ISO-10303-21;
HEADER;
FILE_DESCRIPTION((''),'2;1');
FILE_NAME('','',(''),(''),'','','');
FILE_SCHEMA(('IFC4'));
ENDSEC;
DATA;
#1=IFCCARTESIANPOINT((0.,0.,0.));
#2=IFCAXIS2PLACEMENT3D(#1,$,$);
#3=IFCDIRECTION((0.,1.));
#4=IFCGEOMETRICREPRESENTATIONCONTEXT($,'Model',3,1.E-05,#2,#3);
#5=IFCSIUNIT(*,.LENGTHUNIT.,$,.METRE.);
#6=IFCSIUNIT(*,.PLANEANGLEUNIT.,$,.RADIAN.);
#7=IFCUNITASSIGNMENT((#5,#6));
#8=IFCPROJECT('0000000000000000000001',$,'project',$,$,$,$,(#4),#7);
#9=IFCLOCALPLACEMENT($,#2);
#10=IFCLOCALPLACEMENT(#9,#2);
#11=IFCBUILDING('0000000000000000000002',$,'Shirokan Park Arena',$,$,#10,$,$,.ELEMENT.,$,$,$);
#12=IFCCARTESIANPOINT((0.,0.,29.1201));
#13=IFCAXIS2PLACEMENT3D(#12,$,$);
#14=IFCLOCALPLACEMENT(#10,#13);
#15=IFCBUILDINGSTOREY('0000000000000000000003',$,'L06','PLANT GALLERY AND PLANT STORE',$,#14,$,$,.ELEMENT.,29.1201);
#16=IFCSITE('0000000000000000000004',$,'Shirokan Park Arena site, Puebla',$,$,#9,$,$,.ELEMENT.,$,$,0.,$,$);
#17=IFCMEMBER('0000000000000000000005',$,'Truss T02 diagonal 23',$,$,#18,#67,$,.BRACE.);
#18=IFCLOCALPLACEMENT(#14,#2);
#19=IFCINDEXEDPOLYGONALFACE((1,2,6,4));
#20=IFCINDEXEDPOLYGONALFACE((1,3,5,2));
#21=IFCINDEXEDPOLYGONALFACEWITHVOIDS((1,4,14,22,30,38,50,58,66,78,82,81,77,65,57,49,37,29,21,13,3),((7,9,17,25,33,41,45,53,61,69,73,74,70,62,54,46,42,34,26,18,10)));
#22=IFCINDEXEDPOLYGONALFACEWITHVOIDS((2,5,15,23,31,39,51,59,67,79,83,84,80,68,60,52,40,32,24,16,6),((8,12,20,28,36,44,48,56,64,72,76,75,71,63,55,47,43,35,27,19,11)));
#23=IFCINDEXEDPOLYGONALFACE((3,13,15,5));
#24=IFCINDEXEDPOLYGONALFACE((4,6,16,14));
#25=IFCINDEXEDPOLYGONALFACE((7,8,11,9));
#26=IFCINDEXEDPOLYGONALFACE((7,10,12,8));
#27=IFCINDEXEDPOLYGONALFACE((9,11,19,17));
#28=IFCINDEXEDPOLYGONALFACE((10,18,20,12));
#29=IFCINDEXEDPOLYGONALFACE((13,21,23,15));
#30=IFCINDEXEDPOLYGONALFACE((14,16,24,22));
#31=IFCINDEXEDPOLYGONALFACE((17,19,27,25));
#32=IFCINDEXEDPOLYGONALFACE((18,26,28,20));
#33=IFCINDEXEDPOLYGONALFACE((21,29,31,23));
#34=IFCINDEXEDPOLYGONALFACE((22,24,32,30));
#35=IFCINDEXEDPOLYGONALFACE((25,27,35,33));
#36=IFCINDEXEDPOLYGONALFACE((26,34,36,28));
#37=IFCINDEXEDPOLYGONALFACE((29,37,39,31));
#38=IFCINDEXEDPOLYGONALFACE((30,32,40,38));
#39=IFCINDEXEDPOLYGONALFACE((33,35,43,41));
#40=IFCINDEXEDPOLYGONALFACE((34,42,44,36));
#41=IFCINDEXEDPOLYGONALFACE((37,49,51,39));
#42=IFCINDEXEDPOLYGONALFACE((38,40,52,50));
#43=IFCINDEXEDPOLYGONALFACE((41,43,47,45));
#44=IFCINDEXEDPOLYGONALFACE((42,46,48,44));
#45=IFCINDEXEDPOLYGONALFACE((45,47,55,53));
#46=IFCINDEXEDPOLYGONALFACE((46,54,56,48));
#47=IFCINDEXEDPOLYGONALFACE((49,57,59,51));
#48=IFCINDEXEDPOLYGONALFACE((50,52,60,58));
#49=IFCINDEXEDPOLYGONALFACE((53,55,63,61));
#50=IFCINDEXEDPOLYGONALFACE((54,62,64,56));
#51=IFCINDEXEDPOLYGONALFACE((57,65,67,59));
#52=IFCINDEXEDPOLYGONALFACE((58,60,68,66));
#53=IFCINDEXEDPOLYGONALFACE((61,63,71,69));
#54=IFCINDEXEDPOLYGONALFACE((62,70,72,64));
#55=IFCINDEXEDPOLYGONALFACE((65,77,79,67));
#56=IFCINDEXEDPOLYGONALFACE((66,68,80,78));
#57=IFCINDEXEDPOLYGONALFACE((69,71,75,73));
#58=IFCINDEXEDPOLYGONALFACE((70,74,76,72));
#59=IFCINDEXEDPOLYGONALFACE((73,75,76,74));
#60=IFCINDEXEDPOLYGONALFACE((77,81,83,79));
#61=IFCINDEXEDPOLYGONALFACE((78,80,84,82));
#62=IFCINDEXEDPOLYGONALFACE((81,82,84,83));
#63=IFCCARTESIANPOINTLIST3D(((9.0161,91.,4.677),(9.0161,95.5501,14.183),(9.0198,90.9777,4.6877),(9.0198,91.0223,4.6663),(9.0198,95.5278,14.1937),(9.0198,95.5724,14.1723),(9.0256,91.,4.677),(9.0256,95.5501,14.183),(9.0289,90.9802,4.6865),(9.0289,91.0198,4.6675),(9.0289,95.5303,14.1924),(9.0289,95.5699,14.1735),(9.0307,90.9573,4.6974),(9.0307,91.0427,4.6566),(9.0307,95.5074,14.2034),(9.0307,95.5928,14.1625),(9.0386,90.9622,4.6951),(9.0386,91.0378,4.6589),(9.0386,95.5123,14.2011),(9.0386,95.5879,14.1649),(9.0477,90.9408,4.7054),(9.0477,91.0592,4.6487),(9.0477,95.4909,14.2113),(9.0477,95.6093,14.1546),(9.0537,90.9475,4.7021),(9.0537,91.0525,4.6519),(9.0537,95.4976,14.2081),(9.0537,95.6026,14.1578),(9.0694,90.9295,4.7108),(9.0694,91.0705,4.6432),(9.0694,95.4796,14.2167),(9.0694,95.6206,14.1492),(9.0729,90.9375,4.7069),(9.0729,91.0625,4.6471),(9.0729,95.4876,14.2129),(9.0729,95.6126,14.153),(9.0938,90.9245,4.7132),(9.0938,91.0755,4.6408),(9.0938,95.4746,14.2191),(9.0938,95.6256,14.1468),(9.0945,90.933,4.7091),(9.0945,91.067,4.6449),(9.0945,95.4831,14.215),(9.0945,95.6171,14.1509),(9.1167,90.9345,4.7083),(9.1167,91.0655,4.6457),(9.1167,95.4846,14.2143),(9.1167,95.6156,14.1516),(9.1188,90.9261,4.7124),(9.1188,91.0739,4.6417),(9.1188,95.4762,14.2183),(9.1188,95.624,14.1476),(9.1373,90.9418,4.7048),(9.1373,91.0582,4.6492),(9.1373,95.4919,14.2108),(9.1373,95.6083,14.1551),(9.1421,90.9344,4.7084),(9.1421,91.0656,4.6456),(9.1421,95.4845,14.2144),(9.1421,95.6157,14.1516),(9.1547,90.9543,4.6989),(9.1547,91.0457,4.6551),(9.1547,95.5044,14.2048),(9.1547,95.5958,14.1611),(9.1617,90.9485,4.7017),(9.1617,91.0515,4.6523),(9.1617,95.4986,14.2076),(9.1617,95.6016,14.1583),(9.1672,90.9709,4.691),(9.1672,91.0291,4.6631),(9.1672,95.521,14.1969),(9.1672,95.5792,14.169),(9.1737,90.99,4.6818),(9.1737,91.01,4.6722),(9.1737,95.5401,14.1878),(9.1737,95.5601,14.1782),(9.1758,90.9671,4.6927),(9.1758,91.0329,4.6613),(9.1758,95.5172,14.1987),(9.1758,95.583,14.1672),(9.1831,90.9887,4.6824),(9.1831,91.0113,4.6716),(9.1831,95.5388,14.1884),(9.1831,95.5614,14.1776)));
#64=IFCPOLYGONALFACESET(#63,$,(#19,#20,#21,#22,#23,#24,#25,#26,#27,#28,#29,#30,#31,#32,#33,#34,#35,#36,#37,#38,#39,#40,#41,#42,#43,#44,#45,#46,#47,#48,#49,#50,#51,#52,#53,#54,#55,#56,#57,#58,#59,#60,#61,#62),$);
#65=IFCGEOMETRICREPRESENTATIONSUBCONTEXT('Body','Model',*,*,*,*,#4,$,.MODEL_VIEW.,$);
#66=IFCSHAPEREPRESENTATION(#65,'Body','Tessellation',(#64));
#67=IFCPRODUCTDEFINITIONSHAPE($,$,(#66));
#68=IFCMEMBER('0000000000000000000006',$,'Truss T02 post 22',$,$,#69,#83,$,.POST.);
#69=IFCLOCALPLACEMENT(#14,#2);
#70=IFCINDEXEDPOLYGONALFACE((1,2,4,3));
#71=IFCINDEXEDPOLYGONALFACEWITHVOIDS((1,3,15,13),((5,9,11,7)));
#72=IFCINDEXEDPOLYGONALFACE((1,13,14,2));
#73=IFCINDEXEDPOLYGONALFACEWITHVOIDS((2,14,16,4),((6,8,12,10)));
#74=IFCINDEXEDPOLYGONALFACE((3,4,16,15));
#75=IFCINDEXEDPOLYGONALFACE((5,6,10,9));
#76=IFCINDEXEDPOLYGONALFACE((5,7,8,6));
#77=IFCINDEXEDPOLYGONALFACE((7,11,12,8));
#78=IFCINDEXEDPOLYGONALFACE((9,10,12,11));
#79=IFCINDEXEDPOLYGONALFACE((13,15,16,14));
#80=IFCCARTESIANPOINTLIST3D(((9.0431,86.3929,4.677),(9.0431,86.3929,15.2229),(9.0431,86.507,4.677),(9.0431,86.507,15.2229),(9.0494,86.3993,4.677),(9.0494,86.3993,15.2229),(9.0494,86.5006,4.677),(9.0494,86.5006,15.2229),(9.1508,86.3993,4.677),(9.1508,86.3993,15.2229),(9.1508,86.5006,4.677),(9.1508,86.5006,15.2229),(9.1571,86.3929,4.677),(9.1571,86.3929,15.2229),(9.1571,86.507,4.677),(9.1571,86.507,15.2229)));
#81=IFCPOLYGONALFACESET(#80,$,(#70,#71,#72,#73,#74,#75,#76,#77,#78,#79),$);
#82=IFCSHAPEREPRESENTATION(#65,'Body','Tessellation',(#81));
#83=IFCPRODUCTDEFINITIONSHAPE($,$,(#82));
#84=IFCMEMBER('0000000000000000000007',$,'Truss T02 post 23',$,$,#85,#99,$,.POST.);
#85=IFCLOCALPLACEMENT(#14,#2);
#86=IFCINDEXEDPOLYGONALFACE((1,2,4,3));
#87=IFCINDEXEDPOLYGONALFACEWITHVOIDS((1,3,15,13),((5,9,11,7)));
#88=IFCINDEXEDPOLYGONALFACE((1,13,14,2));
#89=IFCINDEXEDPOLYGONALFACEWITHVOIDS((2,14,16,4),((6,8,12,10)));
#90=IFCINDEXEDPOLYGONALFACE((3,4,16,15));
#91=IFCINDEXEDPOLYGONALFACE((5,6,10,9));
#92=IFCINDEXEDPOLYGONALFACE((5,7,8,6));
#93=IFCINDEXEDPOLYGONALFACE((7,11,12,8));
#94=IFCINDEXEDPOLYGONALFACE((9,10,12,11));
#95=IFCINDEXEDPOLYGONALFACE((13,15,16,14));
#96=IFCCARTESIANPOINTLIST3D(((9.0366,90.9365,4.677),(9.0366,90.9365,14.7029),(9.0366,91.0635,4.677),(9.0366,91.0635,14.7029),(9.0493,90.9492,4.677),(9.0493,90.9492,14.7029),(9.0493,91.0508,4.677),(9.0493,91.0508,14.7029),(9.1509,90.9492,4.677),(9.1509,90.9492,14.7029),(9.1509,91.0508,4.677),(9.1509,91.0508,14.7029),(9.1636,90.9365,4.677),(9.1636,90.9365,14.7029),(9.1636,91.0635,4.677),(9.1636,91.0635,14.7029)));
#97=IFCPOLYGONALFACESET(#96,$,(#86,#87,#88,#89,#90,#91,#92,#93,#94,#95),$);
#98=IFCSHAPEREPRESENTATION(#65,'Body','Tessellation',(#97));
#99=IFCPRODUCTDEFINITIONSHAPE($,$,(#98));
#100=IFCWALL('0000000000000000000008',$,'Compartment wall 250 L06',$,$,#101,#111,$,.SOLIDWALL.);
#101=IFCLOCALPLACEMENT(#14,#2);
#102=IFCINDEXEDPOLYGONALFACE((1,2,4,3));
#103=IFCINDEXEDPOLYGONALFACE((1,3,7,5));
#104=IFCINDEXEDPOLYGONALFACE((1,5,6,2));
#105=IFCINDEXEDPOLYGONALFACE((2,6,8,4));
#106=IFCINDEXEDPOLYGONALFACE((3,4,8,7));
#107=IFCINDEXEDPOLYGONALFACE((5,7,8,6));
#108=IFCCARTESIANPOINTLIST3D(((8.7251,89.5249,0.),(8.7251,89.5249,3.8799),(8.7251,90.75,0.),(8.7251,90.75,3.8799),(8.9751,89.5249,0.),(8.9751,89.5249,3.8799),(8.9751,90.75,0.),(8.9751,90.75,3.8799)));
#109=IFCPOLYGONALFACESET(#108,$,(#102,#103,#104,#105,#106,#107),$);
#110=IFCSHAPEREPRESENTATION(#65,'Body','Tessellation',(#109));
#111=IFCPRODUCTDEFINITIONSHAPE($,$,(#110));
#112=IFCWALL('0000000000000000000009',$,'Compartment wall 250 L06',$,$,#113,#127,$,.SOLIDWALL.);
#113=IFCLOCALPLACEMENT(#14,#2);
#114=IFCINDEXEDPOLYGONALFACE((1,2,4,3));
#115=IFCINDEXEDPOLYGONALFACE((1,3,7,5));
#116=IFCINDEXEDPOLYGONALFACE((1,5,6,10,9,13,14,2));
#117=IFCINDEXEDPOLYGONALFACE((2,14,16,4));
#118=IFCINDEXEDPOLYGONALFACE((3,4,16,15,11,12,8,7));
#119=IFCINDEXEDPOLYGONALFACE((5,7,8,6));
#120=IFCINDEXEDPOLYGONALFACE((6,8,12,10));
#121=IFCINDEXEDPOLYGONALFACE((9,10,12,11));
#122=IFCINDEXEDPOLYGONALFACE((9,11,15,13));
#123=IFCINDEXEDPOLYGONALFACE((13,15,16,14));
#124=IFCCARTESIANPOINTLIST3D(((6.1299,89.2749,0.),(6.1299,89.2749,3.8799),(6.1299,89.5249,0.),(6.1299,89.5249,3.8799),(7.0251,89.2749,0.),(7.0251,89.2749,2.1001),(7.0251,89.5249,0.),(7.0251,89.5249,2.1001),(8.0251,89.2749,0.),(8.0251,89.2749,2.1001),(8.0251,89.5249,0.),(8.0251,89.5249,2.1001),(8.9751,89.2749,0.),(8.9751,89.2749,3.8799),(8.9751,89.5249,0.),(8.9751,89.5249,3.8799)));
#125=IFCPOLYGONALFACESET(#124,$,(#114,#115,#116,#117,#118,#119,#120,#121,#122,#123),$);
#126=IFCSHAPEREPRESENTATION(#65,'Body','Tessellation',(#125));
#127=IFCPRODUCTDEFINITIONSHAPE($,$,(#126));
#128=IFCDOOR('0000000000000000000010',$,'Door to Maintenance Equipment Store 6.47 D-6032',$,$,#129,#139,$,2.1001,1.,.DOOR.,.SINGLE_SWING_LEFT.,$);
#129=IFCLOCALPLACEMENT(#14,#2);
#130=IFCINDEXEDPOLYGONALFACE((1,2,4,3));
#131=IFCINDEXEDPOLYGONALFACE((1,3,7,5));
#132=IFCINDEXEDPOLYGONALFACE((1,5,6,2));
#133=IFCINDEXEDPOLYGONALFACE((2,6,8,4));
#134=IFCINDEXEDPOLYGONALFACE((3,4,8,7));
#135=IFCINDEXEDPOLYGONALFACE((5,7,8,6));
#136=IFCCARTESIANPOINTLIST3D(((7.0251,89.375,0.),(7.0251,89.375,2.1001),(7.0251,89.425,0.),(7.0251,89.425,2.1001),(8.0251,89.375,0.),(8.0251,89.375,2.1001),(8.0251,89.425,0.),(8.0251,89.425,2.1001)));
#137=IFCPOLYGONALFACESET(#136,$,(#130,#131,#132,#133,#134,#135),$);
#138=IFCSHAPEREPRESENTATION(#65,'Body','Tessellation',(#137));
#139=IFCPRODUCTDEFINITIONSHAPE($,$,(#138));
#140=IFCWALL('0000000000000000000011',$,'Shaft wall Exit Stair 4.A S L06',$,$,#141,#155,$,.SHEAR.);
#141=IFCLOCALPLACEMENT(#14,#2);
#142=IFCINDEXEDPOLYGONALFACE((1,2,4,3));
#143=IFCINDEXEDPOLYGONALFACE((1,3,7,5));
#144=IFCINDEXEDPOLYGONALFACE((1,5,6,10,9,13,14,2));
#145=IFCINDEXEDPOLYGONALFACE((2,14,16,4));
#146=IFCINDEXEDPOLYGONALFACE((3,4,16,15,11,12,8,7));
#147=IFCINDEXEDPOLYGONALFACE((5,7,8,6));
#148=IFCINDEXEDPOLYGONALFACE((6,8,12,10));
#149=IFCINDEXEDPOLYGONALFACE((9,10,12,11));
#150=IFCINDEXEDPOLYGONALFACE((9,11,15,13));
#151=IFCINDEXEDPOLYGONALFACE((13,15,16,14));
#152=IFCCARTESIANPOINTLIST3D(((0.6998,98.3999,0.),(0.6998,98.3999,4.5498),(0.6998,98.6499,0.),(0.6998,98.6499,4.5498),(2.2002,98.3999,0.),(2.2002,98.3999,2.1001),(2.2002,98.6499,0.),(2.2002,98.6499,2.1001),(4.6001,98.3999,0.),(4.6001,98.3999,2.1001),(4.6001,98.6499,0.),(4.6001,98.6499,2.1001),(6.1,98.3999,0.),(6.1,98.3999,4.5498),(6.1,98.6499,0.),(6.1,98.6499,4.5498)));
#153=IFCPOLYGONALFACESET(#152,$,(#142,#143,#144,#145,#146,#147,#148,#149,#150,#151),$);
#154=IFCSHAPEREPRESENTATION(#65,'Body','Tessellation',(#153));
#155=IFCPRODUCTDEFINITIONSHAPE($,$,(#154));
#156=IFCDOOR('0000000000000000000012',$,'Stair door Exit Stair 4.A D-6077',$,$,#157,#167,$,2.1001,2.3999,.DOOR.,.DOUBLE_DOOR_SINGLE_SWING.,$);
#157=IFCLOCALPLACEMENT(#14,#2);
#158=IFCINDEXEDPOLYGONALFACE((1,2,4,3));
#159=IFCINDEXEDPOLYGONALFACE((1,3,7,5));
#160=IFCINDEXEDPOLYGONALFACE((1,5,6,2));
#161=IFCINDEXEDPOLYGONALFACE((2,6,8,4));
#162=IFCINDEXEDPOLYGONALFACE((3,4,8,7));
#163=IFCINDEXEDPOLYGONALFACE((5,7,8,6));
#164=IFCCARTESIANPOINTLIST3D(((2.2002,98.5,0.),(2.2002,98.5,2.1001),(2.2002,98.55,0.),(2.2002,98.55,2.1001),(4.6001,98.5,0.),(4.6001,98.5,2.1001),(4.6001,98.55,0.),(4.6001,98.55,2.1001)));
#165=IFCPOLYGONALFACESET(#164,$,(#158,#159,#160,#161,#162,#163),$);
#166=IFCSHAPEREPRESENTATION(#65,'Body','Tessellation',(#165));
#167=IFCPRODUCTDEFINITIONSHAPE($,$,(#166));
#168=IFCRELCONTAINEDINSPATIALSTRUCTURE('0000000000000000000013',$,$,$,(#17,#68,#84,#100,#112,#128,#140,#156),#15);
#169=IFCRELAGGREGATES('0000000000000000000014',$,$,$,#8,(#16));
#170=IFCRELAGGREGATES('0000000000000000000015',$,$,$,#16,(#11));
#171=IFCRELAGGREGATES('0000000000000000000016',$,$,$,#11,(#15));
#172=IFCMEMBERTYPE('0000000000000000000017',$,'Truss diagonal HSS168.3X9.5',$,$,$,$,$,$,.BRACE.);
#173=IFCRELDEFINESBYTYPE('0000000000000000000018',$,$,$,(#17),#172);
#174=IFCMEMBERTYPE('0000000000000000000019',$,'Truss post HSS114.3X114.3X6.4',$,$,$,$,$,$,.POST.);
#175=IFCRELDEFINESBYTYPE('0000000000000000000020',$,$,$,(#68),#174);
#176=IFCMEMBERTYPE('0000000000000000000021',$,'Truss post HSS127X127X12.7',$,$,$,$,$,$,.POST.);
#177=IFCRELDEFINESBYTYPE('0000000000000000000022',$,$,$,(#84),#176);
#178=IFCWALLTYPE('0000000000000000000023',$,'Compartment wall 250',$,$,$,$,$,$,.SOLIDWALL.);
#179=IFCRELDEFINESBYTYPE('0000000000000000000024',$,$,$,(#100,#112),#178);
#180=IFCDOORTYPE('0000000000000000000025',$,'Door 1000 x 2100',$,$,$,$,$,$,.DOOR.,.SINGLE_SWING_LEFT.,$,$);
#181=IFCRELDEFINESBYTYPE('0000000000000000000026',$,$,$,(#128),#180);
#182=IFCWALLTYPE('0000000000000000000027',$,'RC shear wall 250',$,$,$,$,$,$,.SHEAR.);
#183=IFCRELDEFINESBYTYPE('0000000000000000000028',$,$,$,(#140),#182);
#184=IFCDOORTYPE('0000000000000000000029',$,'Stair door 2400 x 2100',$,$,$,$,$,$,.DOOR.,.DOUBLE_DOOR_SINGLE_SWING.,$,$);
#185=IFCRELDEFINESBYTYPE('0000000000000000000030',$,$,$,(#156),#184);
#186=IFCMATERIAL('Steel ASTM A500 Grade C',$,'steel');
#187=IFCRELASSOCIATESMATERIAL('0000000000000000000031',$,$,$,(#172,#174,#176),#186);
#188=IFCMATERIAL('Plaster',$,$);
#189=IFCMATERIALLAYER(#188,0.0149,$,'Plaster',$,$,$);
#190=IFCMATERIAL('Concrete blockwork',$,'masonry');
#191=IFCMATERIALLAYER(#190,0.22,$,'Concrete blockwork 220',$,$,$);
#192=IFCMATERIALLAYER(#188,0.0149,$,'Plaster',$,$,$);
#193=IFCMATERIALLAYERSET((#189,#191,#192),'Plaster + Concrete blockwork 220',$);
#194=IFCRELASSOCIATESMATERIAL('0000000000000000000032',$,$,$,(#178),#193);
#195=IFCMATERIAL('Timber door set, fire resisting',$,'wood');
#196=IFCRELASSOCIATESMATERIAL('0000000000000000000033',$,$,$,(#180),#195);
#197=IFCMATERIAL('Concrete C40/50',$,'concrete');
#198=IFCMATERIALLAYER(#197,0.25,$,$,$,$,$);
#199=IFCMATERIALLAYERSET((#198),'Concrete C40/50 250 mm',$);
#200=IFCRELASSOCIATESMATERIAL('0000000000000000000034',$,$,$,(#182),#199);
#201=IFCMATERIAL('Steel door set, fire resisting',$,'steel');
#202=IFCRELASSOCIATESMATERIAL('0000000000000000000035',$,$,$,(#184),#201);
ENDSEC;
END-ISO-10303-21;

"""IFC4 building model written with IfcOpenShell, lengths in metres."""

from ifc_helpers import new_model, si_unit, direction, frame, frame_2d, origin, origin_2d, place, context, subcontext, project, spatial, rectangle, hollow_rectangle, hollow_circle, extrude, material, layer, layer_set, material_profile, profile_set, type_object, element, fill, save


model = new_model("IFC4")

# Units and contexts
model_context = context("Model", 3, precision=1e-05, world=origin(), true_north=direction((0.0, 1.0)))
body_context = subcontext(model_context, "Body", "Model", "MODEL_VIEW")
ifc_project = project(units=[si_unit("LENGTHUNIT", "METRE"), si_unit("PLANEANGLEUNIT", "RADIAN")], contexts=[model_context])

# Site, building, storey
site_placement = place(None, origin())
site = spatial("IfcSite", under=ifc_project, at=site_placement, Name="Shirokan Park Arena site, Puebla", CompositionType="ELEMENT", RefElevation=0.0)
building_placement = place(site_placement, origin())
building = spatial("IfcBuilding", under=site, at=building_placement, Name="Shirokan Park Arena", CompositionType="ELEMENT")
storey_placement = place(building_placement, frame((0.0, 0.0, 29.1201)))
storey = spatial("IfcBuildingStorey", under=building, at=storey_placement, Name="L06", Description="PLANT GALLERY AND PLANT STORE", CompositionType="ELEMENT", Elevation=29.1201)

# Shared definitions
ifc_material_1 = material(Name="Steel ASTM A500 Grade C", Category="steel")

# Members
ifc_material_profile_1 = material_profile(ifc_material_1, hollow_circle(Radius=0.084, WallThickness=0.0095, at=origin_2d()), Name="HSS168.3X9.5")
ifc_profile_set_1 = profile_set([ifc_material_profile_1], Name="Steel ASTM A500 Grade C")
member_type_1 = type_object("IfcMemberType", Name="Truss diagonal HSS168.3X9.5", PredefinedType="BRACE", material=ifc_profile_set_1)
member_1_placement = place(storey_placement, frame((9.1001, 91.0, 4.677), z_axis=(0.0, 0.431746, 0.901995), x_axis=(-1.0, 0.0, 0.0)))
element("IfcMember", 1, at=member_1_placement, inside=storey, type_object=member_type_1, Name="Truss T02 diagonal 23", PredefinedType="BRACE", context=body_context, shape_type="SweptSolid", body=[
    extrude(hollow_circle(Radius=0.084, WallThickness=0.0095, at=origin_2d()), origin(), (0.0, 0.0, 1.0), 10.5388),
])
ifc_material_profile_2 = material_profile(ifc_material_1, hollow_rectangle(XDim=0.114, YDim=0.114, WallThickness=0.0063, at=origin_2d()), Name="HSS114.3X114.3X6.4")
ifc_profile_set_2 = profile_set([ifc_material_profile_2], Name="Steel ASTM A500 Grade C")
member_type_2 = type_object("IfcMemberType", Name="Truss post HSS114.3X114.3X6.4", PredefinedType="POST", material=ifc_profile_set_2)
member_2_placement = place(storey_placement, frame((9.1001, 86.45, 4.677), z_axis=(0.0, 0.0, 1.0), x_axis=(1.0, 0.0, 0.0)))
element("IfcMember", 2, at=member_2_placement, inside=storey, type_object=member_type_2, Name="Truss T02 post 22", PredefinedType="POST", context=body_context, shape_type="SweptSolid", body=[
    extrude(hollow_rectangle(XDim=0.114, YDim=0.114, WallThickness=0.0063, at=origin_2d()), origin(), (0.0, 0.0, 1.0), 10.5459),
])
ifc_material_profile_3 = material_profile(ifc_material_1, hollow_rectangle(XDim=0.127, YDim=0.127, WallThickness=0.0127, at=origin_2d()), Name="HSS127X127X12.7")
ifc_profile_set_3 = profile_set([ifc_material_profile_3], Name="Steel ASTM A500 Grade C")
member_type_3 = type_object("IfcMemberType", Name="Truss post HSS127X127X12.7", PredefinedType="POST", material=ifc_profile_set_3)
member_3_placement = place(storey_placement, frame((9.1001, 91.0, 4.677), z_axis=(0.0, 0.0, 1.0), x_axis=(1.0, 0.0, 0.0)))
element("IfcMember", 3, at=member_3_placement, inside=storey, type_object=member_type_3, Name="Truss T02 post 23", PredefinedType="POST", context=body_context, shape_type="SweptSolid", body=[
    extrude(hollow_rectangle(XDim=0.127, YDim=0.127, WallThickness=0.0127, at=origin_2d()), origin(), (0.0, 0.0, 1.0), 10.0259),
])

# Wall
ifc_material_2 = material(Name="Plaster")
ifc_layer_1 = layer(ifc_material_2, 0.0149, Name="Plaster")
ifc_material_3 = material(Name="Concrete blockwork", Category="masonry")
ifc_layer_2 = layer(ifc_material_3, 0.22, Name="Concrete blockwork 220")
ifc_layer_3 = layer(ifc_material_2, 0.0149, Name="Plaster")
ifc_layer_set_1 = layer_set([ifc_layer_1, ifc_layer_2, ifc_layer_3], Name="Plaster + Concrete blockwork 220")
wall_type_1 = type_object("IfcWallType", Name="Compartment wall 250", PredefinedType="SOLIDWALL", material=ifc_layer_set_1)
wall_1_placement = place(storey_placement, frame((8.8501, 90.75, 0.0), z_axis=(0.0, 0.0, 1.0), x_axis=(0.0, -1.0, 0.0)))
element("IfcWall", 4, at=wall_1_placement, inside=storey, type_object=wall_type_1, Name="Compartment wall 250 L06", PredefinedType="SOLIDWALL", context=body_context, shape_type="SweptSolid", body=[
    extrude(rectangle(XDim=1.2251, YDim=0.25, at=frame_2d((0.6125, 0.0))), origin(), (0.0, 0.0, 1.0), 3.8799),
])

# Walls, openings, doors
wall_2_placement = place(storey_placement, frame((8.9751, 89.3999, 0.0), z_axis=(0.0, 0.0, 1.0), x_axis=(-1.0, 0.0, 0.0)))
wall_2 = element("IfcWall", 5, at=wall_2_placement, inside=storey, type_object=wall_type_1, Name="Compartment wall 250 L06", PredefinedType="SOLIDWALL", context=body_context, shape_type="SweptSolid", body=[
    extrude(rectangle(XDim=2.8452, YDim=0.25, at=frame_2d((1.4226, 0.0))), origin(), (0.0, 0.0, 1.0), 3.8799),
])
opening_1_placement = place(wall_2_placement, frame((0.95, 0.0, 0.0)))
opening_1 = element("IfcOpeningElement", 6, at=opening_1_placement, cuts=wall_2, PredefinedType="OPENING", context=body_context, shape_type="SweptSolid", body=[
    extrude(rectangle(XDim=1.0, YDim=2.1001, at=frame_2d((0.5, 1.05))), frame((0.0, 0.135, 0.0), z_axis=(0.0, -1.0, 0.0), x_axis=(1.0, 0.0, 0.0)), (0.0, 0.0, 1.0), 0.27),
])
ifc_material_4 = material(Name="Timber door set, fire resisting", Category="wood")
door_type_1 = type_object("IfcDoorType", Name="Door 1000 x 2100", OperationType="SINGLE_SWING_LEFT", PredefinedType="DOOR", material=ifc_material_4)
door_1_placement = place(opening_1_placement, origin())
door_1 = element("IfcDoor", 7, at=door_1_placement, inside=storey, type_object=door_type_1, Name="Door to Maintenance Equipment Store 6.47 D-6032", OperationType="SINGLE_SWING_LEFT", OverallHeight=2.1001, OverallWidth=1.0, PredefinedType="DOOR", context=body_context, shape_type="SweptSolid", body=[
    extrude(rectangle(XDim=1.0, YDim=2.1001, at=frame_2d((0.5, 1.05))), frame((0.0, 0.0249, 0.0), z_axis=(0.0, -1.0, 0.0), x_axis=(1.0, 0.0, 0.0)), (0.0, 0.0, 1.0), 0.05),
])
fill(opening_1, door_1)
ifc_material_5 = material(Name="Concrete C40/50", Category="concrete")
ifc_layer_4 = layer(ifc_material_5, 0.25)
ifc_layer_set_2 = layer_set([ifc_layer_4], Name="Concrete C40/50 250 mm")
wall_type_2 = type_object("IfcWallType", Name="RC shear wall 250", PredefinedType="SHEAR", material=ifc_layer_set_2)
wall_3_placement = place(storey_placement, frame((6.1001, 98.5249, 0.0), z_axis=(0.0, 0.0, 1.0), x_axis=(-1.0, 0.0, 0.0)))
wall_3 = element("IfcWall", 8, at=wall_3_placement, inside=storey, type_object=wall_type_2, Name="Shaft wall Exit Stair 4.A S L06", PredefinedType="SHEAR", context=body_context, shape_type="SweptSolid", body=[
    extrude(rectangle(XDim=5.4001, YDim=0.25, at=frame_2d((2.7002, 0.0))), origin(), (0.0, 0.0, 1.0), 4.5498),
])
opening_2_placement = place(wall_3_placement, frame((1.5, 0.0, 0.0)))
opening_2 = element("IfcOpeningElement", 9, at=opening_2_placement, cuts=wall_3, PredefinedType="OPENING", context=body_context, shape_type="SweptSolid", body=[
    extrude(rectangle(XDim=2.3999, YDim=2.1001, at=frame_2d((1.2, 1.05))), frame((0.0, 0.135, 0.0), z_axis=(0.0, -1.0, 0.0), x_axis=(1.0, 0.0, 0.0)), (0.0, 0.0, 1.0), 0.27),
])
ifc_material_6 = material(Name="Steel door set, fire resisting", Category="steel")
door_type_2 = type_object("IfcDoorType", Name="Stair door 2400 x 2100", OperationType="DOUBLE_DOOR_SINGLE_SWING", PredefinedType="DOOR", material=ifc_material_6)
door_2_placement = place(opening_2_placement, origin())
door_2 = element("IfcDoor", 10, at=door_2_placement, inside=storey, type_object=door_type_2, Name="Stair door Exit Stair 4.A D-6077", OperationType="DOUBLE_DOOR_SINGLE_SWING", OverallHeight=2.1001, OverallWidth=2.3999, PredefinedType="DOOR", context=body_context, shape_type="SweptSolid", body=[
    extrude(rectangle(XDim=2.3999, YDim=2.1001, at=frame_2d((1.2, 1.05))), frame((0.0, 0.0249, 0.0), z_axis=(0.0, -1.0, 0.0), x_axis=(1.0, 0.0, 0.0)), (0.0, 0.0, 1.0), 0.05),
])
fill(opening_2, door_2)

save(model, "model.ifc")
